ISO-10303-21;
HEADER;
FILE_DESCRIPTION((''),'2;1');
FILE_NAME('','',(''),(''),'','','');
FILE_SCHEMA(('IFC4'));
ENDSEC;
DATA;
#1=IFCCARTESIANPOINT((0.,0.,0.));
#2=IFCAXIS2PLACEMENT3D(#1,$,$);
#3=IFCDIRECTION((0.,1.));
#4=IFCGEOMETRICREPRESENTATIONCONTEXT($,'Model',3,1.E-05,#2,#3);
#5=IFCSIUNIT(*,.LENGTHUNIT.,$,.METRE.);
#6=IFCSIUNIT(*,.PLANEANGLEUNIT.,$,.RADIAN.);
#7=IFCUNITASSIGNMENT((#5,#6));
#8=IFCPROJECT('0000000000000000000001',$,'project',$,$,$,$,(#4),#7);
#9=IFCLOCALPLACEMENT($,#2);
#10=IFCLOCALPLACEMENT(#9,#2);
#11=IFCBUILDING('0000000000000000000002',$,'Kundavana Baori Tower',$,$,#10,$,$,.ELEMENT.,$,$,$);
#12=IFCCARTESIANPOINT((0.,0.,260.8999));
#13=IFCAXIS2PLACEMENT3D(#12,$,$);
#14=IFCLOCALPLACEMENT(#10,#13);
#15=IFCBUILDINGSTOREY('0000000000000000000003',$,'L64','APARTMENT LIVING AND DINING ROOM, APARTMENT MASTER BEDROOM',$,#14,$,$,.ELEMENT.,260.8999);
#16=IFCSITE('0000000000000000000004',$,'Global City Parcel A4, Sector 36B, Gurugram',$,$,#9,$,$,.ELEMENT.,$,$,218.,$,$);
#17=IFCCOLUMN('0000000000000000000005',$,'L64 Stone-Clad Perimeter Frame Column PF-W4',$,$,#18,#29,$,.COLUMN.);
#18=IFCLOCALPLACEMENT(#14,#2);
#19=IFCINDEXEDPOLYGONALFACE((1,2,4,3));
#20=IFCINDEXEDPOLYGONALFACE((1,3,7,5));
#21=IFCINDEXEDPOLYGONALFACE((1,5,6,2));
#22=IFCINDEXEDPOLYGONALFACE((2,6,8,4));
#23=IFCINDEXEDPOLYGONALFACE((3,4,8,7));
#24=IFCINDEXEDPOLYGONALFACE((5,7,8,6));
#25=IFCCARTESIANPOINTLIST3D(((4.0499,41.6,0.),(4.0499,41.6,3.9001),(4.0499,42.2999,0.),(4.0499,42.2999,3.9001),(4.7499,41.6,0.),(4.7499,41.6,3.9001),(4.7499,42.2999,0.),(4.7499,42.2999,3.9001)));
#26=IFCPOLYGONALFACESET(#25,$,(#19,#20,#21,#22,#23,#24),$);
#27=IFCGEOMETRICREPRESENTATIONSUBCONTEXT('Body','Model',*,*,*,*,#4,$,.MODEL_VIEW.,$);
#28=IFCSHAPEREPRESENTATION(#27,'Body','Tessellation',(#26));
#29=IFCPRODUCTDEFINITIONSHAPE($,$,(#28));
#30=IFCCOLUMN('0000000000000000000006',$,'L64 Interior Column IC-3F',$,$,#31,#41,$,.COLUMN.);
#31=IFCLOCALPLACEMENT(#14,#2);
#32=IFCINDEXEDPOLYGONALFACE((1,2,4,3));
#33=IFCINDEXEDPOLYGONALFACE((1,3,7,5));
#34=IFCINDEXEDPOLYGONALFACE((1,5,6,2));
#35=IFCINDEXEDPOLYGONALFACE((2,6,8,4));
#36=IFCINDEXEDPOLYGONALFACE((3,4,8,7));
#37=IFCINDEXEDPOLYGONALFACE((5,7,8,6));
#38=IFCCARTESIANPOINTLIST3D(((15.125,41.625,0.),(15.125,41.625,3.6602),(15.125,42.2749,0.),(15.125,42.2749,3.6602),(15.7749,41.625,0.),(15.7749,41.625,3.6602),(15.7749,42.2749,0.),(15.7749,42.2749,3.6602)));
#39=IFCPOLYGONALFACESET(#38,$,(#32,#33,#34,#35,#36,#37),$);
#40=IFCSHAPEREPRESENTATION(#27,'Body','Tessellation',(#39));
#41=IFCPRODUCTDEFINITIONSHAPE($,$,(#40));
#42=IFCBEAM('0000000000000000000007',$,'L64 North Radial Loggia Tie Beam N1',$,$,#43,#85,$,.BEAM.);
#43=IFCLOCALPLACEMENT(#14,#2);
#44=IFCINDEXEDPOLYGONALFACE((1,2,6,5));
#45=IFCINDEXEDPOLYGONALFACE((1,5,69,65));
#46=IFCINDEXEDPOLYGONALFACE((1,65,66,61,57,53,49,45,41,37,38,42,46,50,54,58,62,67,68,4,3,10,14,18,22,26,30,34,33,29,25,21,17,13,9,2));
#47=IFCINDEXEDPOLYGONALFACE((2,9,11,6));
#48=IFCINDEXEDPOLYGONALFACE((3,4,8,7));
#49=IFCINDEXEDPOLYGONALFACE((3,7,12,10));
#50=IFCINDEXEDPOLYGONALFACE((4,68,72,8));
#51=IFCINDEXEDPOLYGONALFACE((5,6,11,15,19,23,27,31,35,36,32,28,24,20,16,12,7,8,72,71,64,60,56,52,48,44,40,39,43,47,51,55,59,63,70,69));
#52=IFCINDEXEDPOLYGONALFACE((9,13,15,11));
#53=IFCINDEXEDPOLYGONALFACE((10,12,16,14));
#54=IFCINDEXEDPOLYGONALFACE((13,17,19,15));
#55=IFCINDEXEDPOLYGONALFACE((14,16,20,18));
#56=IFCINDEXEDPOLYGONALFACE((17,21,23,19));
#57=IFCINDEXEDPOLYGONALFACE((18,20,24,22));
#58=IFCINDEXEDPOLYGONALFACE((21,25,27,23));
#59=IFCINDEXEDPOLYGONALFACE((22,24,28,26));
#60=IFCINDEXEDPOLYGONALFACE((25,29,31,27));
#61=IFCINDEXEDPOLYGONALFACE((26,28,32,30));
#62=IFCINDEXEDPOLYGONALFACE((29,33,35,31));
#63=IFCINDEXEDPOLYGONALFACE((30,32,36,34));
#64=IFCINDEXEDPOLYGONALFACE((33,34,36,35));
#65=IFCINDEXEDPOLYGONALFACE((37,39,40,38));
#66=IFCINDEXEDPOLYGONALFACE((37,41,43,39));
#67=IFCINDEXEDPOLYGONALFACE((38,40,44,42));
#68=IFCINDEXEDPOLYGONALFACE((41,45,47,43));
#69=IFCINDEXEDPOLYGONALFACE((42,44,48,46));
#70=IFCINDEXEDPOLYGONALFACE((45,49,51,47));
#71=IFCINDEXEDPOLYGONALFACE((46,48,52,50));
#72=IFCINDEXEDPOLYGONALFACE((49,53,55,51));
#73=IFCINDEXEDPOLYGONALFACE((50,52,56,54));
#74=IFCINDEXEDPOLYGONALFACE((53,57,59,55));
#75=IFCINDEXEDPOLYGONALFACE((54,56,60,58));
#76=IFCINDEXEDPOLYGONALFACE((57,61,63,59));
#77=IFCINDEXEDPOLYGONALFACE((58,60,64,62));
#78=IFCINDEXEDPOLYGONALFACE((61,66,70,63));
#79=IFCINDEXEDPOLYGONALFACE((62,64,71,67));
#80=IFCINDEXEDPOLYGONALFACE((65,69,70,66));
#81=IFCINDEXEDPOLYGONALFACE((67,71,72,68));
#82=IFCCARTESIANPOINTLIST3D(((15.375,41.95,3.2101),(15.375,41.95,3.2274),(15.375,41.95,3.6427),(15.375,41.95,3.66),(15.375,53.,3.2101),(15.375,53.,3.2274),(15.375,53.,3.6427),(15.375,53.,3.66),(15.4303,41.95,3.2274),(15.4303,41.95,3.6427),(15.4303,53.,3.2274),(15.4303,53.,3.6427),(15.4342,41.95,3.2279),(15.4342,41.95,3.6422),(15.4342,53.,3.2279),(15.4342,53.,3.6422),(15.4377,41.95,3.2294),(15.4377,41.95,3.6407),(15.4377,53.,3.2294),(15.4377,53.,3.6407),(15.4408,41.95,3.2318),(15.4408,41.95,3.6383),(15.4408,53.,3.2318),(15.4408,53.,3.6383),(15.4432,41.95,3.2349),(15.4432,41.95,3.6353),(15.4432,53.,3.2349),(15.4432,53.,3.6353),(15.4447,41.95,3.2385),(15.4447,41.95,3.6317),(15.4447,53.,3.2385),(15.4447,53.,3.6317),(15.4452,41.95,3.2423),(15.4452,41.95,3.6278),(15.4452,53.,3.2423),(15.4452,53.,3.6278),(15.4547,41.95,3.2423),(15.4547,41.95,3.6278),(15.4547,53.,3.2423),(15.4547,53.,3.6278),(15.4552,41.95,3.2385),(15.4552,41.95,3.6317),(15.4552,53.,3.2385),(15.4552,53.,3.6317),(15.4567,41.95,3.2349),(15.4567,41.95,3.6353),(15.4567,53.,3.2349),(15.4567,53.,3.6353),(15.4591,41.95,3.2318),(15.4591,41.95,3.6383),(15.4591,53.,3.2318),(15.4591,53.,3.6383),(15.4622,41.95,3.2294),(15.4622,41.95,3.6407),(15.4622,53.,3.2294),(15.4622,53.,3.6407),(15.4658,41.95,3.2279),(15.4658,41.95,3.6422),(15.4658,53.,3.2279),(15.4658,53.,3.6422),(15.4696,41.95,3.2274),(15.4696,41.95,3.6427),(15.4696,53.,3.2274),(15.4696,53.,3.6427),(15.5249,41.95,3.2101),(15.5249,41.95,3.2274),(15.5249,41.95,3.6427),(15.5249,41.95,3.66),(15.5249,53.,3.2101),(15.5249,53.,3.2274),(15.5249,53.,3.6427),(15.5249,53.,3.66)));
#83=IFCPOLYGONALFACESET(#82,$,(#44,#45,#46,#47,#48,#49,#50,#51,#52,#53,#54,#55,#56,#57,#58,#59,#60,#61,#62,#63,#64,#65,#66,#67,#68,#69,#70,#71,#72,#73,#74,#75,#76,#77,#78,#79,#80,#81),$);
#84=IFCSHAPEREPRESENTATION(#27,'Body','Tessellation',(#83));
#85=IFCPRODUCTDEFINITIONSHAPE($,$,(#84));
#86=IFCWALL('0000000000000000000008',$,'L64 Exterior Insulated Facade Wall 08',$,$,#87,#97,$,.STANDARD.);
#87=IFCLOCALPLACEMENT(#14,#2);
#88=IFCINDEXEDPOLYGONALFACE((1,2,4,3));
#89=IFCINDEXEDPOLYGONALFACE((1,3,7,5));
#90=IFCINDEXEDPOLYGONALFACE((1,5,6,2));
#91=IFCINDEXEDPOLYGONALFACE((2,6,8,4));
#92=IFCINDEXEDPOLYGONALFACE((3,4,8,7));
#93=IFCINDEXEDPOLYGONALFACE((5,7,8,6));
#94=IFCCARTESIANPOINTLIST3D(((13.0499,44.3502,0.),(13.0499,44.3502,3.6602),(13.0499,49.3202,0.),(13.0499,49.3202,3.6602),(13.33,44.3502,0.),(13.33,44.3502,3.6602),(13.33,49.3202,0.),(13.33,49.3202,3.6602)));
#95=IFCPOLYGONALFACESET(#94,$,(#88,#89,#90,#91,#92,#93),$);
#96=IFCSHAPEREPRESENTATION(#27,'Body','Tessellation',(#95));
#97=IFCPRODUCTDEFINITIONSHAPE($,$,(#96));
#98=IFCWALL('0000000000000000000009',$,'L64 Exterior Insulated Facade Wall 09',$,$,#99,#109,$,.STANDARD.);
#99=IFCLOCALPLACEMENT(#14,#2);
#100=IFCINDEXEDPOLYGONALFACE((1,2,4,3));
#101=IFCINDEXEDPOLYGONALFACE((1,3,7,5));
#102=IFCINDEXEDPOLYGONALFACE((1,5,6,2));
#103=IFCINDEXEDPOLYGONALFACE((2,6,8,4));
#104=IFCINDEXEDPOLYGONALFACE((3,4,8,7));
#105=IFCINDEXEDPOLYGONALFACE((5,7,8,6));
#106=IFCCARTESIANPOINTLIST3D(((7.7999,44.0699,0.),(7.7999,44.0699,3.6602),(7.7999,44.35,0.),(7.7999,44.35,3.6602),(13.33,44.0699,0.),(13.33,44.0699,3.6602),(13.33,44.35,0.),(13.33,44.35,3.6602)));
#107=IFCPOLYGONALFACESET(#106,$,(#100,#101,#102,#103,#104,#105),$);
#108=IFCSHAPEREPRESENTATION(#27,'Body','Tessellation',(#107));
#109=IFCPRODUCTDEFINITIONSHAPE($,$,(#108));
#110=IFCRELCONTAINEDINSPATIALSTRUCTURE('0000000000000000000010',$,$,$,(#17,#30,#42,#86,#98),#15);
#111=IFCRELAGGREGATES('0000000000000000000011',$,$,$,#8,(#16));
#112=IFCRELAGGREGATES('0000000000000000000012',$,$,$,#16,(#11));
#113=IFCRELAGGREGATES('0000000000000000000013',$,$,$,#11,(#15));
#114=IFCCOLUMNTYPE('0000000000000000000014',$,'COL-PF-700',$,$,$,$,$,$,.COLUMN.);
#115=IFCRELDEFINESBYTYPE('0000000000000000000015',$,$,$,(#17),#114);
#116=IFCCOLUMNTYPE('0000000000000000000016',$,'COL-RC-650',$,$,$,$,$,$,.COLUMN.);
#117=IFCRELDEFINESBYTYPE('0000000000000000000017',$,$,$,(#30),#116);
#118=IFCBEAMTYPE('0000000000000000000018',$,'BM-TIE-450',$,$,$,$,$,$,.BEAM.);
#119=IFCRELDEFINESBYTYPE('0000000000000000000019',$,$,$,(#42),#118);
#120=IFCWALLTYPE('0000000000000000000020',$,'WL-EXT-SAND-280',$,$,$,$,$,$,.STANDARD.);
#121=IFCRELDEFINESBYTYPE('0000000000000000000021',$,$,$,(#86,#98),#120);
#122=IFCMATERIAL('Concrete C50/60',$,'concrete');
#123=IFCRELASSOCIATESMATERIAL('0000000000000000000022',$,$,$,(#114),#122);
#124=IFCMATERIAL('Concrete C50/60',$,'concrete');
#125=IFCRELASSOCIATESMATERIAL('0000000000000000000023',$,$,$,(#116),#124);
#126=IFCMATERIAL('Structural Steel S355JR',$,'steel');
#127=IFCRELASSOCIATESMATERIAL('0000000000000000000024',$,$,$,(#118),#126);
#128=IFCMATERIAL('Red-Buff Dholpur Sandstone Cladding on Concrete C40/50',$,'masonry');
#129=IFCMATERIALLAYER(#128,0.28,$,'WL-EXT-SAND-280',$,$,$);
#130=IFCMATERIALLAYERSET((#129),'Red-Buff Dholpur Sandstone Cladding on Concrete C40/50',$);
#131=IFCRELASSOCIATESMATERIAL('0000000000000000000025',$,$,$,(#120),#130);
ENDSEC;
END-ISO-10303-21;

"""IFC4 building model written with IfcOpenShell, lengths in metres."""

from ifc_helpers import new_model, si_unit, direction, frame, frame_2d, origin, origin_2d, place, context, subcontext, project, spatial, rectangle, i_section, extrude, material, layer, layer_set, material_profile, profile_set, type_object, element, save


model = new_model("IFC4")

# Units and contexts
model_context = context("Model", 3, precision=1e-05, world=origin(), true_north=direction((0.0, 1.0)))
body_context = subcontext(model_context, "Body", "Model", "MODEL_VIEW")
ifc_project = project(units=[si_unit("LENGTHUNIT", "METRE"), si_unit("PLANEANGLEUNIT", "RADIAN")], contexts=[model_context])

# Site, building, storey
site_placement = place(None, origin())
site = spatial("IfcSite", under=ifc_project, at=site_placement, Name="Global City Parcel A4, Sector 36B, Gurugram", CompositionType="ELEMENT", RefElevation=218.0)
building_placement = place(site_placement, origin())
building = spatial("IfcBuilding", under=site, at=building_placement, Name="Kundavana Baori Tower", CompositionType="ELEMENT")
storey_placement = place(building_placement, frame((0.0, 0.0, 260.8999)))
storey = spatial("IfcBuildingStorey", under=building, at=storey_placement, Name="L64", Description="APARTMENT LIVING AND DINING ROOM, APARTMENT MASTER BEDROOM", CompositionType="ELEMENT", Elevation=260.8999)

# Columns
ifc_material_1 = material(Name="Concrete C50/60", Category="concrete")
ifc_material_profile_1 = material_profile(ifc_material_1, rectangle(XDim=0.7, YDim=0.7, at=origin_2d()), Name="RC PF 700x700")
ifc_profile_set_1 = profile_set([ifc_material_profile_1], Name="Concrete C50/60")
column_type_1 = type_object("IfcColumnType", Name="COL-PF-700", PredefinedType="COLUMN", material=ifc_profile_set_1)
column_1_placement = place(storey_placement, frame((4.3999, 41.95, 0.0), z_axis=(0.0, 0.0, 1.0), x_axis=(1.0, 0.0, 0.0)))
element("IfcColumn", 1, at=column_1_placement, inside=storey, type_object=column_type_1, Name="L64 Stone-Clad Perimeter Frame Column PF-W4", PredefinedType="COLUMN", context=body_context, shape_type="SweptSolid", body=[
    extrude(rectangle(XDim=0.7, YDim=0.7, at=origin_2d()), origin(), (0.0, 0.0, 1.0), 3.9001),
])
ifc_material_2 = material(Name="Concrete C50/60", Category="concrete")
ifc_material_profile_2 = material_profile(ifc_material_2, rectangle(XDim=0.6499, YDim=0.6499, at=origin_2d()), Name="RC 650x650")
ifc_profile_set_2 = profile_set([ifc_material_profile_2], Name="Concrete C50/60")
column_type_2 = type_object("IfcColumnType", Name="COL-RC-650", PredefinedType="COLUMN", material=ifc_profile_set_2)
column_2_placement = place(storey_placement, frame((15.45, 41.95, 0.0), z_axis=(0.0, 0.0, 1.0), x_axis=(1.0, 0.0, 0.0)))
element("IfcColumn", 2, at=column_2_placement, inside=storey, type_object=column_type_2, Name="L64 Interior Column IC-3F", PredefinedType="COLUMN", context=body_context, shape_type="SweptSolid", body=[
    extrude(rectangle(XDim=0.6499, YDim=0.6499, at=origin_2d()), origin(), (0.0, 0.0, 1.0), 3.6602),
])

# Beam
ifc_material_3 = material(Name="Structural Steel S355JR", Category="steel")
ifc_material_profile_3 = material_profile(ifc_material_3, i_section(OverallWidth=0.1499, OverallDepth=0.45, WebThickness=0.0095, FlangeThickness=0.0173, FilletRadius=0.0149, at=origin_2d()), Name="ISMB 450")
ifc_profile_set_3 = profile_set([ifc_material_profile_3], Name="Structural Steel S355JR")
beam_type = type_object("IfcBeamType", Name="BM-TIE-450", PredefinedType="BEAM", material=ifc_profile_set_3)
beam_placement = place(storey_placement, frame((15.45, 41.95, 3.4351), z_axis=(0.0, 1.0, 0.0), x_axis=(-1.0, 0.0, 0.0)))
element("IfcBeam", 3, at=beam_placement, inside=storey, type_object=beam_type, Name="L64 North Radial Loggia Tie Beam N1", PredefinedType="BEAM", context=body_context, shape_type="SweptSolid", body=[
    extrude(i_section(OverallWidth=0.1499, OverallDepth=0.45, WebThickness=0.0095, FlangeThickness=0.0173, FilletRadius=0.0149, at=origin_2d()), origin(), (0.0, 0.0, 1.0), 11.05),
])

# Walls
ifc_material_4 = material(Name="Red-Buff Dholpur Sandstone Cladding on Concrete C40/50", Category="masonry")
ifc_layer_1 = layer(ifc_material_4, 0.28, Name="WL-EXT-SAND-280")
ifc_layer_set_1 = layer_set([ifc_layer_1], Name="Red-Buff Dholpur Sandstone Cladding on Concrete C40/50")
wall_type_1 = type_object("IfcWallType", Name="WL-EXT-SAND-280", PredefinedType="STANDARD", material=ifc_layer_set_1)
wall_1_placement = place(storey_placement, frame((13.1899, 49.3201, 0.0), z_axis=(0.0, 0.0, 1.0), x_axis=(0.0, -1.0, 0.0)))
element("IfcWall", 4, at=wall_1_placement, inside=storey, type_object=wall_type_1, Name="L64 Exterior Insulated Facade Wall 08", PredefinedType="STANDARD", context=body_context, shape_type="SweptSolid", body=[
    extrude(rectangle(XDim=4.97, YDim=0.28, at=frame_2d((2.4849, 0.0))), origin(), (0.0, 0.0, 1.0), 3.6602),
])
wall_2_placement = place(storey_placement, frame((13.3301, 44.21, 0.0), z_axis=(0.0, 0.0, 1.0), x_axis=(-1.0, 0.0, 0.0)))
element("IfcWall", 5, at=wall_2_placement, inside=storey, type_object=wall_type_1, Name="L64 Exterior Insulated Facade Wall 09", PredefinedType="STANDARD", context=body_context, shape_type="SweptSolid", body=[
    extrude(rectangle(XDim=5.53, YDim=0.28, at=frame_2d((2.7651, 0.0))), origin(), (0.0, 0.0, 1.0), 3.6602),
])

save(model, "model.ifc")
